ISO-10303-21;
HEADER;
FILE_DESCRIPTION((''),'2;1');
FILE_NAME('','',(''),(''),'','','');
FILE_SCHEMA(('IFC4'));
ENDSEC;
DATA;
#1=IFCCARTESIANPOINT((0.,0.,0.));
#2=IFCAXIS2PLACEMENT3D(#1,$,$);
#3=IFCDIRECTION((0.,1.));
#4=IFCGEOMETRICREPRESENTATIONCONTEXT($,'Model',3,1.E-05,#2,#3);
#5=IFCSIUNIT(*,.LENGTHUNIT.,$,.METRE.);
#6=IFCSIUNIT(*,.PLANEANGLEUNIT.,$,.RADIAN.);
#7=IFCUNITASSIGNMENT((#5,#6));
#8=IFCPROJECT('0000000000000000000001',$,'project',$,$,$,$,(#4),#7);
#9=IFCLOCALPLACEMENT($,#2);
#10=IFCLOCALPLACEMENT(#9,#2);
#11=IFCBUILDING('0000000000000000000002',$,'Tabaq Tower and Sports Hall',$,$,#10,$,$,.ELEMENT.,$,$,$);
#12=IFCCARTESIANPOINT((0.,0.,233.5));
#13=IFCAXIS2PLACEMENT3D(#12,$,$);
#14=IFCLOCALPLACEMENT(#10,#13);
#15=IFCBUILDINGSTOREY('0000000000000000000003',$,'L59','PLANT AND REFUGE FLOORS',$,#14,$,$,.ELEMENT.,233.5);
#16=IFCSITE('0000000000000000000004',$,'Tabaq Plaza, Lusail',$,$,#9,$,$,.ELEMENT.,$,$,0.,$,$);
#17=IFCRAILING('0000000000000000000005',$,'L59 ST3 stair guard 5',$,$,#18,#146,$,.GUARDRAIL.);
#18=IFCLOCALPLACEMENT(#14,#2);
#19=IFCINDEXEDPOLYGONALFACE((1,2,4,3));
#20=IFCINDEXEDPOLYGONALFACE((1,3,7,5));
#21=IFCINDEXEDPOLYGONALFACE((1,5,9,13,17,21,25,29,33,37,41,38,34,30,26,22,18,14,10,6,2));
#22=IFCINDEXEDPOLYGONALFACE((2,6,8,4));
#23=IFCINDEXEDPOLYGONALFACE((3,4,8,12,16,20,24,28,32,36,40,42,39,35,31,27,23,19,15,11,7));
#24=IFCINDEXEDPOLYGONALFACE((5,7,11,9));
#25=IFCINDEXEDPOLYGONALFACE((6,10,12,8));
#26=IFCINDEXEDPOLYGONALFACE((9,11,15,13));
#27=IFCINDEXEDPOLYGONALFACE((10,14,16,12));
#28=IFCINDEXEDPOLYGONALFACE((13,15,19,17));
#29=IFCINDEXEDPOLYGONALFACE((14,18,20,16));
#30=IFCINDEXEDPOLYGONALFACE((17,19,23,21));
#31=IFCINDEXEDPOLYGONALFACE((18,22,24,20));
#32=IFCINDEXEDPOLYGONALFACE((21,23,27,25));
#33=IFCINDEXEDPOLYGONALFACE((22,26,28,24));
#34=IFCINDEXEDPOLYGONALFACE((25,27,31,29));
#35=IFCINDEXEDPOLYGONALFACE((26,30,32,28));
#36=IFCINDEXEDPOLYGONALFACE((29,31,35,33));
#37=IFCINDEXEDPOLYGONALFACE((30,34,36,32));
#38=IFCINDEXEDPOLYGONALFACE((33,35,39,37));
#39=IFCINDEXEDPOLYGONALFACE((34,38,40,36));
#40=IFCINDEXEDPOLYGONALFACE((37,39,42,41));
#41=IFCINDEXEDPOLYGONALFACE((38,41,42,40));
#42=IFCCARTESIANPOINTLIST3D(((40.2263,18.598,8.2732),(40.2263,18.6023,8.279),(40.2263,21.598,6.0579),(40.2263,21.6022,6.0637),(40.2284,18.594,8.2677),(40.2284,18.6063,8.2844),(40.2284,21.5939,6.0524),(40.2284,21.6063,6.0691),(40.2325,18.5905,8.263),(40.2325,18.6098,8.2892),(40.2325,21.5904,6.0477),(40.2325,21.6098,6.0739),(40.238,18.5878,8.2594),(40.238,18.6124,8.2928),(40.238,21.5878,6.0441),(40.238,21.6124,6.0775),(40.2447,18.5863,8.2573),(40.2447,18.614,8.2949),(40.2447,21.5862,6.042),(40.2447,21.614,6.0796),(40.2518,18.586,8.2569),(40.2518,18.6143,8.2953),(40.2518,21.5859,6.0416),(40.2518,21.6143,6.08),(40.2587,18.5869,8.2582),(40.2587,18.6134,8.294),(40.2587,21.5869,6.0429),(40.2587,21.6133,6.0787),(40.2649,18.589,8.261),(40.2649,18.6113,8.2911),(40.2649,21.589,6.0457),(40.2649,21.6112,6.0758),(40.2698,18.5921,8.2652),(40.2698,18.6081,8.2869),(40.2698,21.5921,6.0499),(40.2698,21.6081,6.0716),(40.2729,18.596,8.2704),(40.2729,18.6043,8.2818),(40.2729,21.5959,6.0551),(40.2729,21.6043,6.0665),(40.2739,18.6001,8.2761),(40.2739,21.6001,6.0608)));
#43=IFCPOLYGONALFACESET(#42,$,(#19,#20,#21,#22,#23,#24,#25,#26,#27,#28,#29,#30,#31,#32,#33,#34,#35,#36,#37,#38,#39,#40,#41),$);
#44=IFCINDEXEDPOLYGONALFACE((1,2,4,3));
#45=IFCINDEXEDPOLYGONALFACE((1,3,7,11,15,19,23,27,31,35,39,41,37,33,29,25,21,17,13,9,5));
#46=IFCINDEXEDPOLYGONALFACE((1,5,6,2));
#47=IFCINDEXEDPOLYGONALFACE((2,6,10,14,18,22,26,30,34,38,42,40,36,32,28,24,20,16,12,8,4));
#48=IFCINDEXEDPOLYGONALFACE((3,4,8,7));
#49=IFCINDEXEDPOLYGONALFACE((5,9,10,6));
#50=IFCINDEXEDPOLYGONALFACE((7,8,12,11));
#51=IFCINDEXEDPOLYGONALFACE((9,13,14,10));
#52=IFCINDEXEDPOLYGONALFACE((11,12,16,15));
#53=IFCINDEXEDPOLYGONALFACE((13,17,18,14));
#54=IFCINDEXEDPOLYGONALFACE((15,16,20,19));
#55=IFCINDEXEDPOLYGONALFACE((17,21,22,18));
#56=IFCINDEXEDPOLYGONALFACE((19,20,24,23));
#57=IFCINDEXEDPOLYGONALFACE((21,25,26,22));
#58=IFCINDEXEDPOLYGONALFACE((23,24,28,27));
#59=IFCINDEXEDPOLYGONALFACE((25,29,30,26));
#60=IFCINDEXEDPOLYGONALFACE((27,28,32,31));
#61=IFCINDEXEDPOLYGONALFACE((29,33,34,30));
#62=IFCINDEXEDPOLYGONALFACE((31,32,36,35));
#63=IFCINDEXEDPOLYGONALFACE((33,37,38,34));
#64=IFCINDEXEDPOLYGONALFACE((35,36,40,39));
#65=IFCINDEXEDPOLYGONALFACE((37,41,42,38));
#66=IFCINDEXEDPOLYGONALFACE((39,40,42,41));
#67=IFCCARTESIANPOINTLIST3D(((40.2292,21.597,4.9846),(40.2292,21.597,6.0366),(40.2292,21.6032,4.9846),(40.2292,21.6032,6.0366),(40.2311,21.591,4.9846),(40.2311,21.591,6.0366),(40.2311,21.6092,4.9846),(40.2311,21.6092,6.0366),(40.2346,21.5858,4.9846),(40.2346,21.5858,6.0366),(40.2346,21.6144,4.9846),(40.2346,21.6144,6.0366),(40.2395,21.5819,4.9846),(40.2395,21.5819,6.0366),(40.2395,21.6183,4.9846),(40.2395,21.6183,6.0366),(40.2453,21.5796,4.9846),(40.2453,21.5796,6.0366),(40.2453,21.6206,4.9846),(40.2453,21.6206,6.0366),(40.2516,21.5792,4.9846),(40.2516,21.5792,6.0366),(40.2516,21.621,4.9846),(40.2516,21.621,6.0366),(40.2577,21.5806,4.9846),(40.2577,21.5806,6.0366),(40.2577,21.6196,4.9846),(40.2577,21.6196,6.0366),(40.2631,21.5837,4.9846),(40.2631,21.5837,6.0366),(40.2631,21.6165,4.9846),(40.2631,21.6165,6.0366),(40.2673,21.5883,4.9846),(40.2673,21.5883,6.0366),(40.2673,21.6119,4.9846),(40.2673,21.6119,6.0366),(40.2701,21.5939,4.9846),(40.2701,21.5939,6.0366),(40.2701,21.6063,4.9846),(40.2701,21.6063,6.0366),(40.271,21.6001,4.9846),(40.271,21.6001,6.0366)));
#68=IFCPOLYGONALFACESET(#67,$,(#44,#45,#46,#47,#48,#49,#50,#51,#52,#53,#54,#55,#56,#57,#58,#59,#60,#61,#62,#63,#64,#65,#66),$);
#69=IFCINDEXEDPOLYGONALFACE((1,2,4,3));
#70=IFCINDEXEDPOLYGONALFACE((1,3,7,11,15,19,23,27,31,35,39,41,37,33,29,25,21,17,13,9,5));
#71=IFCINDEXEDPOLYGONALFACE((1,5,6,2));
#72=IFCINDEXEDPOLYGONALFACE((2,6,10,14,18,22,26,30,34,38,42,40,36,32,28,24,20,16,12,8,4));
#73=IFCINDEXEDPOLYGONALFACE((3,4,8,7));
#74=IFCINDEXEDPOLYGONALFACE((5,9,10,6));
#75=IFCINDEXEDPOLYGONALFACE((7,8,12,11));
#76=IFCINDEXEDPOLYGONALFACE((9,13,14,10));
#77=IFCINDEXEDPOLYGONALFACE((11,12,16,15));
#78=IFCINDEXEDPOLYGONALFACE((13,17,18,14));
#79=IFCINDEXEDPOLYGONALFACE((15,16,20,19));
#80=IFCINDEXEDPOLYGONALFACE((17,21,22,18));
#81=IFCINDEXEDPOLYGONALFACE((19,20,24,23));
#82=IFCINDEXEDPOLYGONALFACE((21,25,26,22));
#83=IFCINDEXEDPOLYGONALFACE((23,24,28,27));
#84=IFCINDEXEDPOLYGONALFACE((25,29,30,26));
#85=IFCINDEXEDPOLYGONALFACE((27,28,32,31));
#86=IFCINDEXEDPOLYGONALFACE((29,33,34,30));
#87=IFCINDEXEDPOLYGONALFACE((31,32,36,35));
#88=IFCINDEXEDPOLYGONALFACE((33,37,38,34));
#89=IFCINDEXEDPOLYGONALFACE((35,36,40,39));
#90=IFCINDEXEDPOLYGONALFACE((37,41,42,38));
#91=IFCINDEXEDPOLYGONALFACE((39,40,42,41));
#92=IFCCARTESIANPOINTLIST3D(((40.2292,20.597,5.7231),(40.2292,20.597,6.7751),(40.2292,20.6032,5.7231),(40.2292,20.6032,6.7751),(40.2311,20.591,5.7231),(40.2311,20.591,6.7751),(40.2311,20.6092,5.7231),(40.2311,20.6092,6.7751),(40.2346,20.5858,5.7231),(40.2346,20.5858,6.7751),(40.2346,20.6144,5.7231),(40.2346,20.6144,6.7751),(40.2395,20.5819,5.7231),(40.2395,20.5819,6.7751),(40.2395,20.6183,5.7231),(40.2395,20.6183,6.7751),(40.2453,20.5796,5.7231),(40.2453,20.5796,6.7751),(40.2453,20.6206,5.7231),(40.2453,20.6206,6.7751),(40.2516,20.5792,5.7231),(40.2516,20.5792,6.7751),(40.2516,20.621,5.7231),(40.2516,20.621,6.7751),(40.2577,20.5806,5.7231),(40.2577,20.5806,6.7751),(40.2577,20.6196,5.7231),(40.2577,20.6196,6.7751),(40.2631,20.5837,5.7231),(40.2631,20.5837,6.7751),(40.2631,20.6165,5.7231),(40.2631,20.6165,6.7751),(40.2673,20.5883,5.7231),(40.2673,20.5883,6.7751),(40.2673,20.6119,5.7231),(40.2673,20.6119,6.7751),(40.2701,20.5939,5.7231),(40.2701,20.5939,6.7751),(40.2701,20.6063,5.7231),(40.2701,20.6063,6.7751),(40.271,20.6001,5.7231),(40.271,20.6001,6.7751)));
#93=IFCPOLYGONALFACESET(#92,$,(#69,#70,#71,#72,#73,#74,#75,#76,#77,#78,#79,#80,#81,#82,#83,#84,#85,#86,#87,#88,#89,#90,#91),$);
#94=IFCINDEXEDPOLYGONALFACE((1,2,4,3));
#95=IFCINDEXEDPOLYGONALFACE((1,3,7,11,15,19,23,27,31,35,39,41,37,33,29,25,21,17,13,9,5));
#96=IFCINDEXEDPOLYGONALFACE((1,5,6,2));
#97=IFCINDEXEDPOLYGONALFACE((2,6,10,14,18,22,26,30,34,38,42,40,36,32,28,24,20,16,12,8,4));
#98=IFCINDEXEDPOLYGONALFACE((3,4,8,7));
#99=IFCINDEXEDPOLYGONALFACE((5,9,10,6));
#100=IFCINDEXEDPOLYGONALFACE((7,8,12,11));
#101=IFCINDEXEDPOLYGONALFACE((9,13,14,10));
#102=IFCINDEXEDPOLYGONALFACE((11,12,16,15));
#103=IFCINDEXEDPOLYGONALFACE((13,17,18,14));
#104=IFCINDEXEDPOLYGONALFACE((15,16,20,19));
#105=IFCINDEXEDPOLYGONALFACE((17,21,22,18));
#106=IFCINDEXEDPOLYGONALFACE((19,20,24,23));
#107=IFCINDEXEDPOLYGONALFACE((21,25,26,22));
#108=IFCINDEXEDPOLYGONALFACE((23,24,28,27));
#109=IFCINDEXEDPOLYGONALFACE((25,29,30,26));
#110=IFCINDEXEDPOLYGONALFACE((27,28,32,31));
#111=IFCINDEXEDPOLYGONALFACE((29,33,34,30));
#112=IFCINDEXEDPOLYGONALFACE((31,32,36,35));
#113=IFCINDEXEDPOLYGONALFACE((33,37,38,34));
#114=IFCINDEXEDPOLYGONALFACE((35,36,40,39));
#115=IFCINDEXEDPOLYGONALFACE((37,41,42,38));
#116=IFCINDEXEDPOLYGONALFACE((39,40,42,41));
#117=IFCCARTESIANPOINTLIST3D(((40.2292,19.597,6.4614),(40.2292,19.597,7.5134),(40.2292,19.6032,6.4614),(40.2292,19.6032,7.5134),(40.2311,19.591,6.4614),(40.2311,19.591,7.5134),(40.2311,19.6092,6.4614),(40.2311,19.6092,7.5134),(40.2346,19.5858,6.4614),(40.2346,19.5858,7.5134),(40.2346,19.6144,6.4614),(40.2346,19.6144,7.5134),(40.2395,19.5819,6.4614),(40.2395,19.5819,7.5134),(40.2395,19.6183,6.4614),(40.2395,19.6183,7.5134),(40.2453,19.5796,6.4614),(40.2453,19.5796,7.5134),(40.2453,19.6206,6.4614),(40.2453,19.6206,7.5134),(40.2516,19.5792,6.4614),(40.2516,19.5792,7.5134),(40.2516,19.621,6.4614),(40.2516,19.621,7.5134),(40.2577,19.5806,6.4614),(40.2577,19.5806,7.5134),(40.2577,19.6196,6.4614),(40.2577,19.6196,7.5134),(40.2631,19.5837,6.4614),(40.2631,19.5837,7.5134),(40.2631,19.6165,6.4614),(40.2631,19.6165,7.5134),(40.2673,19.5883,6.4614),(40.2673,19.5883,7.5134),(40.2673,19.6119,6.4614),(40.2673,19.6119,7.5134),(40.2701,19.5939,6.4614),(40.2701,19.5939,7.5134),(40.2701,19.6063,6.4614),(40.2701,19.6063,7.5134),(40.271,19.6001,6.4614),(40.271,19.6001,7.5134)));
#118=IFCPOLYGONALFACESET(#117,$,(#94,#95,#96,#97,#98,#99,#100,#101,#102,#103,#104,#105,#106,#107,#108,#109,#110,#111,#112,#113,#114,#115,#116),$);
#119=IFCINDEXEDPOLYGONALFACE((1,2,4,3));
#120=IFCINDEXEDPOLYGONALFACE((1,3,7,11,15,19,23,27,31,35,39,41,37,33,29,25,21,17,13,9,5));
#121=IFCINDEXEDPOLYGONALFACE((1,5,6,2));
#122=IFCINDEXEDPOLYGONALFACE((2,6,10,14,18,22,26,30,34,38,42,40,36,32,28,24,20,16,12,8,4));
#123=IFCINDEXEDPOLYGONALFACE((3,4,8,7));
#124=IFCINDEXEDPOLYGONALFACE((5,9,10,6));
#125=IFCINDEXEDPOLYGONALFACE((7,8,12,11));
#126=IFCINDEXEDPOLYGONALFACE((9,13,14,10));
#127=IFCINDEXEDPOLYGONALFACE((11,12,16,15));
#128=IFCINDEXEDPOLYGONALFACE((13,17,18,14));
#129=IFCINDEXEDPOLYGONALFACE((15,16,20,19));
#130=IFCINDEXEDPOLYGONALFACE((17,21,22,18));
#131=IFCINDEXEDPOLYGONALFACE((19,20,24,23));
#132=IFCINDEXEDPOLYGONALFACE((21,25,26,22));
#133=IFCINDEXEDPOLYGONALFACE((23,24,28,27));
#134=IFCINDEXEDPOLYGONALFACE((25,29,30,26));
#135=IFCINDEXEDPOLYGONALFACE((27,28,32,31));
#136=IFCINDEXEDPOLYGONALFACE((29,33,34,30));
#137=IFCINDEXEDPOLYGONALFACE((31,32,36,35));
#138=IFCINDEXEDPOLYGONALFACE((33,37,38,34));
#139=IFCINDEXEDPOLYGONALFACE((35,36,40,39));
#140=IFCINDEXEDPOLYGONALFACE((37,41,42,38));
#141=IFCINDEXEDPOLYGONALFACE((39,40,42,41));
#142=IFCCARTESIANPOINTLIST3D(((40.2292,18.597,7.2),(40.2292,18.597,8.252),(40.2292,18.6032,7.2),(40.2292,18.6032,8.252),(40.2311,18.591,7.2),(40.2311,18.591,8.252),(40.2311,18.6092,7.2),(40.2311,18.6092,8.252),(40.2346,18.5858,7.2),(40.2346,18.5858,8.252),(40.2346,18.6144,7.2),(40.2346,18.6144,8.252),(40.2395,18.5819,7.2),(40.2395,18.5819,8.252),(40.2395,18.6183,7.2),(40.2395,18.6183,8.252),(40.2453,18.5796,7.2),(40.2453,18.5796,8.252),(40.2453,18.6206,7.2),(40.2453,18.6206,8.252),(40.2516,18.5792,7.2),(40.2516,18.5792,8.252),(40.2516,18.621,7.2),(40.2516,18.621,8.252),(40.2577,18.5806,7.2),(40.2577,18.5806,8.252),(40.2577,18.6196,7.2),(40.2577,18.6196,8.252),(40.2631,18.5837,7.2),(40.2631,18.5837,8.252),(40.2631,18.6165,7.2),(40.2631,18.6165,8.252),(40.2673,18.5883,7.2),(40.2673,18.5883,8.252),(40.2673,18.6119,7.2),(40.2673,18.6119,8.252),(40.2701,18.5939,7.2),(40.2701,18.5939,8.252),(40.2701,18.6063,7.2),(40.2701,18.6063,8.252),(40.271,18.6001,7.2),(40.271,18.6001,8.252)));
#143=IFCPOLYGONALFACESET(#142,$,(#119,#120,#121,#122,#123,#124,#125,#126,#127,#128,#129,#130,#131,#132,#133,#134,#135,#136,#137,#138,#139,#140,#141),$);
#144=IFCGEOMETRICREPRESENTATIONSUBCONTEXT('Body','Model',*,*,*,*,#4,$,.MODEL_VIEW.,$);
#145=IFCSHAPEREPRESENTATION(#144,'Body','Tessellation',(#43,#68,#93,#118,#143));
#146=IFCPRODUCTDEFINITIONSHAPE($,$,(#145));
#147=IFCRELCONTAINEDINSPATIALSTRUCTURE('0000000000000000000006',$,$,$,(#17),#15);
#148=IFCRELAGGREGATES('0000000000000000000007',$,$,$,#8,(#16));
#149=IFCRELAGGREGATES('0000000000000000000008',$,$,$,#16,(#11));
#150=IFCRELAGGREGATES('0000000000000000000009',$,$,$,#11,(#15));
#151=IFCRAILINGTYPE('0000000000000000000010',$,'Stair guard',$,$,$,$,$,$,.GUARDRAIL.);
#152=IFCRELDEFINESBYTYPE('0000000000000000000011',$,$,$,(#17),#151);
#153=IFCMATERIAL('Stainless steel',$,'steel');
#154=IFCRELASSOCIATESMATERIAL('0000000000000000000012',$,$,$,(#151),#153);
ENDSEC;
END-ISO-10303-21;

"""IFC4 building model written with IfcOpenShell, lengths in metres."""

from ifc_helpers import new_model, si_unit, direction, frame, origin, origin_2d, place, context, subcontext, project, spatial, circle, extrude, material, type_object, element, save


model = new_model("IFC4")

# Units and contexts
model_context = context("Model", 3, precision=1e-05, world=origin(), true_north=direction((0.0, 1.0)))
body_context = subcontext(model_context, "Body", "Model", "MODEL_VIEW")
ifc_project = project(units=[si_unit("LENGTHUNIT", "METRE"), si_unit("PLANEANGLEUNIT", "RADIAN")], contexts=[model_context])

# Site, building, storey
site_placement = place(None, origin())
site = spatial("IfcSite", under=ifc_project, at=site_placement, Name="Tabaq Plaza, Lusail", CompositionType="ELEMENT", RefElevation=0.0)
building_placement = place(site_placement, origin())
building = spatial("IfcBuilding", under=site, at=building_placement, Name="Tabaq Tower and Sports Hall", CompositionType="ELEMENT")
storey_placement = place(building_placement, frame((0.0, 0.0, 233.5)))
storey = spatial("IfcBuildingStorey", under=building, at=storey_placement, Name="L59", Description="PLANT AND REFUGE FLOORS", CompositionType="ELEMENT", Elevation=233.5)

# Railing
ifc_material_1 = material(Name="Stainless steel", Category="steel")
railing_type_1 = type_object("IfcRailingType", Name="Stair guard", PredefinedType="GUARDRAIL", material=ifc_material_1)
railing_1_placement = place(storey_placement, frame((40.25, 21.6001, 4.9846)))
element("IfcRailing", 1, at=railing_1_placement, inside=storey, type_object=railing_type_1, Name="L59 ST3 stair guard 5", PredefinedType="GUARDRAIL", context=body_context, shape_type="SweptSolid", body=[
    extrude(circle(Radius=0.0239, at=origin_2d()), frame((0.0, 0.0, 1.0762), z_axis=(0.0, -0.80444, 0.594034), x_axis=(1.0, 0.0, 0.0)), (0.0, 0.0, 1.0), 3.7292),
    extrude(circle(Radius=0.021, at=origin_2d()), origin(), (0.0, 0.0, 1.0), 1.052),
    extrude(circle(Radius=0.021, at=origin_2d()), frame((0.0, -1.0, 0.7385)), (0.0, 0.0, 1.0), 1.052),
    extrude(circle(Radius=0.021, at=origin_2d()), frame((0.0, -2.0, 1.4768)), (0.0, 0.0, 1.0), 1.052),
    extrude(circle(Radius=0.021, at=origin_2d()), frame((0.0, -3.0, 2.2153)), (0.0, 0.0, 1.0), 1.052),
])

save(model, "model.ifc")
